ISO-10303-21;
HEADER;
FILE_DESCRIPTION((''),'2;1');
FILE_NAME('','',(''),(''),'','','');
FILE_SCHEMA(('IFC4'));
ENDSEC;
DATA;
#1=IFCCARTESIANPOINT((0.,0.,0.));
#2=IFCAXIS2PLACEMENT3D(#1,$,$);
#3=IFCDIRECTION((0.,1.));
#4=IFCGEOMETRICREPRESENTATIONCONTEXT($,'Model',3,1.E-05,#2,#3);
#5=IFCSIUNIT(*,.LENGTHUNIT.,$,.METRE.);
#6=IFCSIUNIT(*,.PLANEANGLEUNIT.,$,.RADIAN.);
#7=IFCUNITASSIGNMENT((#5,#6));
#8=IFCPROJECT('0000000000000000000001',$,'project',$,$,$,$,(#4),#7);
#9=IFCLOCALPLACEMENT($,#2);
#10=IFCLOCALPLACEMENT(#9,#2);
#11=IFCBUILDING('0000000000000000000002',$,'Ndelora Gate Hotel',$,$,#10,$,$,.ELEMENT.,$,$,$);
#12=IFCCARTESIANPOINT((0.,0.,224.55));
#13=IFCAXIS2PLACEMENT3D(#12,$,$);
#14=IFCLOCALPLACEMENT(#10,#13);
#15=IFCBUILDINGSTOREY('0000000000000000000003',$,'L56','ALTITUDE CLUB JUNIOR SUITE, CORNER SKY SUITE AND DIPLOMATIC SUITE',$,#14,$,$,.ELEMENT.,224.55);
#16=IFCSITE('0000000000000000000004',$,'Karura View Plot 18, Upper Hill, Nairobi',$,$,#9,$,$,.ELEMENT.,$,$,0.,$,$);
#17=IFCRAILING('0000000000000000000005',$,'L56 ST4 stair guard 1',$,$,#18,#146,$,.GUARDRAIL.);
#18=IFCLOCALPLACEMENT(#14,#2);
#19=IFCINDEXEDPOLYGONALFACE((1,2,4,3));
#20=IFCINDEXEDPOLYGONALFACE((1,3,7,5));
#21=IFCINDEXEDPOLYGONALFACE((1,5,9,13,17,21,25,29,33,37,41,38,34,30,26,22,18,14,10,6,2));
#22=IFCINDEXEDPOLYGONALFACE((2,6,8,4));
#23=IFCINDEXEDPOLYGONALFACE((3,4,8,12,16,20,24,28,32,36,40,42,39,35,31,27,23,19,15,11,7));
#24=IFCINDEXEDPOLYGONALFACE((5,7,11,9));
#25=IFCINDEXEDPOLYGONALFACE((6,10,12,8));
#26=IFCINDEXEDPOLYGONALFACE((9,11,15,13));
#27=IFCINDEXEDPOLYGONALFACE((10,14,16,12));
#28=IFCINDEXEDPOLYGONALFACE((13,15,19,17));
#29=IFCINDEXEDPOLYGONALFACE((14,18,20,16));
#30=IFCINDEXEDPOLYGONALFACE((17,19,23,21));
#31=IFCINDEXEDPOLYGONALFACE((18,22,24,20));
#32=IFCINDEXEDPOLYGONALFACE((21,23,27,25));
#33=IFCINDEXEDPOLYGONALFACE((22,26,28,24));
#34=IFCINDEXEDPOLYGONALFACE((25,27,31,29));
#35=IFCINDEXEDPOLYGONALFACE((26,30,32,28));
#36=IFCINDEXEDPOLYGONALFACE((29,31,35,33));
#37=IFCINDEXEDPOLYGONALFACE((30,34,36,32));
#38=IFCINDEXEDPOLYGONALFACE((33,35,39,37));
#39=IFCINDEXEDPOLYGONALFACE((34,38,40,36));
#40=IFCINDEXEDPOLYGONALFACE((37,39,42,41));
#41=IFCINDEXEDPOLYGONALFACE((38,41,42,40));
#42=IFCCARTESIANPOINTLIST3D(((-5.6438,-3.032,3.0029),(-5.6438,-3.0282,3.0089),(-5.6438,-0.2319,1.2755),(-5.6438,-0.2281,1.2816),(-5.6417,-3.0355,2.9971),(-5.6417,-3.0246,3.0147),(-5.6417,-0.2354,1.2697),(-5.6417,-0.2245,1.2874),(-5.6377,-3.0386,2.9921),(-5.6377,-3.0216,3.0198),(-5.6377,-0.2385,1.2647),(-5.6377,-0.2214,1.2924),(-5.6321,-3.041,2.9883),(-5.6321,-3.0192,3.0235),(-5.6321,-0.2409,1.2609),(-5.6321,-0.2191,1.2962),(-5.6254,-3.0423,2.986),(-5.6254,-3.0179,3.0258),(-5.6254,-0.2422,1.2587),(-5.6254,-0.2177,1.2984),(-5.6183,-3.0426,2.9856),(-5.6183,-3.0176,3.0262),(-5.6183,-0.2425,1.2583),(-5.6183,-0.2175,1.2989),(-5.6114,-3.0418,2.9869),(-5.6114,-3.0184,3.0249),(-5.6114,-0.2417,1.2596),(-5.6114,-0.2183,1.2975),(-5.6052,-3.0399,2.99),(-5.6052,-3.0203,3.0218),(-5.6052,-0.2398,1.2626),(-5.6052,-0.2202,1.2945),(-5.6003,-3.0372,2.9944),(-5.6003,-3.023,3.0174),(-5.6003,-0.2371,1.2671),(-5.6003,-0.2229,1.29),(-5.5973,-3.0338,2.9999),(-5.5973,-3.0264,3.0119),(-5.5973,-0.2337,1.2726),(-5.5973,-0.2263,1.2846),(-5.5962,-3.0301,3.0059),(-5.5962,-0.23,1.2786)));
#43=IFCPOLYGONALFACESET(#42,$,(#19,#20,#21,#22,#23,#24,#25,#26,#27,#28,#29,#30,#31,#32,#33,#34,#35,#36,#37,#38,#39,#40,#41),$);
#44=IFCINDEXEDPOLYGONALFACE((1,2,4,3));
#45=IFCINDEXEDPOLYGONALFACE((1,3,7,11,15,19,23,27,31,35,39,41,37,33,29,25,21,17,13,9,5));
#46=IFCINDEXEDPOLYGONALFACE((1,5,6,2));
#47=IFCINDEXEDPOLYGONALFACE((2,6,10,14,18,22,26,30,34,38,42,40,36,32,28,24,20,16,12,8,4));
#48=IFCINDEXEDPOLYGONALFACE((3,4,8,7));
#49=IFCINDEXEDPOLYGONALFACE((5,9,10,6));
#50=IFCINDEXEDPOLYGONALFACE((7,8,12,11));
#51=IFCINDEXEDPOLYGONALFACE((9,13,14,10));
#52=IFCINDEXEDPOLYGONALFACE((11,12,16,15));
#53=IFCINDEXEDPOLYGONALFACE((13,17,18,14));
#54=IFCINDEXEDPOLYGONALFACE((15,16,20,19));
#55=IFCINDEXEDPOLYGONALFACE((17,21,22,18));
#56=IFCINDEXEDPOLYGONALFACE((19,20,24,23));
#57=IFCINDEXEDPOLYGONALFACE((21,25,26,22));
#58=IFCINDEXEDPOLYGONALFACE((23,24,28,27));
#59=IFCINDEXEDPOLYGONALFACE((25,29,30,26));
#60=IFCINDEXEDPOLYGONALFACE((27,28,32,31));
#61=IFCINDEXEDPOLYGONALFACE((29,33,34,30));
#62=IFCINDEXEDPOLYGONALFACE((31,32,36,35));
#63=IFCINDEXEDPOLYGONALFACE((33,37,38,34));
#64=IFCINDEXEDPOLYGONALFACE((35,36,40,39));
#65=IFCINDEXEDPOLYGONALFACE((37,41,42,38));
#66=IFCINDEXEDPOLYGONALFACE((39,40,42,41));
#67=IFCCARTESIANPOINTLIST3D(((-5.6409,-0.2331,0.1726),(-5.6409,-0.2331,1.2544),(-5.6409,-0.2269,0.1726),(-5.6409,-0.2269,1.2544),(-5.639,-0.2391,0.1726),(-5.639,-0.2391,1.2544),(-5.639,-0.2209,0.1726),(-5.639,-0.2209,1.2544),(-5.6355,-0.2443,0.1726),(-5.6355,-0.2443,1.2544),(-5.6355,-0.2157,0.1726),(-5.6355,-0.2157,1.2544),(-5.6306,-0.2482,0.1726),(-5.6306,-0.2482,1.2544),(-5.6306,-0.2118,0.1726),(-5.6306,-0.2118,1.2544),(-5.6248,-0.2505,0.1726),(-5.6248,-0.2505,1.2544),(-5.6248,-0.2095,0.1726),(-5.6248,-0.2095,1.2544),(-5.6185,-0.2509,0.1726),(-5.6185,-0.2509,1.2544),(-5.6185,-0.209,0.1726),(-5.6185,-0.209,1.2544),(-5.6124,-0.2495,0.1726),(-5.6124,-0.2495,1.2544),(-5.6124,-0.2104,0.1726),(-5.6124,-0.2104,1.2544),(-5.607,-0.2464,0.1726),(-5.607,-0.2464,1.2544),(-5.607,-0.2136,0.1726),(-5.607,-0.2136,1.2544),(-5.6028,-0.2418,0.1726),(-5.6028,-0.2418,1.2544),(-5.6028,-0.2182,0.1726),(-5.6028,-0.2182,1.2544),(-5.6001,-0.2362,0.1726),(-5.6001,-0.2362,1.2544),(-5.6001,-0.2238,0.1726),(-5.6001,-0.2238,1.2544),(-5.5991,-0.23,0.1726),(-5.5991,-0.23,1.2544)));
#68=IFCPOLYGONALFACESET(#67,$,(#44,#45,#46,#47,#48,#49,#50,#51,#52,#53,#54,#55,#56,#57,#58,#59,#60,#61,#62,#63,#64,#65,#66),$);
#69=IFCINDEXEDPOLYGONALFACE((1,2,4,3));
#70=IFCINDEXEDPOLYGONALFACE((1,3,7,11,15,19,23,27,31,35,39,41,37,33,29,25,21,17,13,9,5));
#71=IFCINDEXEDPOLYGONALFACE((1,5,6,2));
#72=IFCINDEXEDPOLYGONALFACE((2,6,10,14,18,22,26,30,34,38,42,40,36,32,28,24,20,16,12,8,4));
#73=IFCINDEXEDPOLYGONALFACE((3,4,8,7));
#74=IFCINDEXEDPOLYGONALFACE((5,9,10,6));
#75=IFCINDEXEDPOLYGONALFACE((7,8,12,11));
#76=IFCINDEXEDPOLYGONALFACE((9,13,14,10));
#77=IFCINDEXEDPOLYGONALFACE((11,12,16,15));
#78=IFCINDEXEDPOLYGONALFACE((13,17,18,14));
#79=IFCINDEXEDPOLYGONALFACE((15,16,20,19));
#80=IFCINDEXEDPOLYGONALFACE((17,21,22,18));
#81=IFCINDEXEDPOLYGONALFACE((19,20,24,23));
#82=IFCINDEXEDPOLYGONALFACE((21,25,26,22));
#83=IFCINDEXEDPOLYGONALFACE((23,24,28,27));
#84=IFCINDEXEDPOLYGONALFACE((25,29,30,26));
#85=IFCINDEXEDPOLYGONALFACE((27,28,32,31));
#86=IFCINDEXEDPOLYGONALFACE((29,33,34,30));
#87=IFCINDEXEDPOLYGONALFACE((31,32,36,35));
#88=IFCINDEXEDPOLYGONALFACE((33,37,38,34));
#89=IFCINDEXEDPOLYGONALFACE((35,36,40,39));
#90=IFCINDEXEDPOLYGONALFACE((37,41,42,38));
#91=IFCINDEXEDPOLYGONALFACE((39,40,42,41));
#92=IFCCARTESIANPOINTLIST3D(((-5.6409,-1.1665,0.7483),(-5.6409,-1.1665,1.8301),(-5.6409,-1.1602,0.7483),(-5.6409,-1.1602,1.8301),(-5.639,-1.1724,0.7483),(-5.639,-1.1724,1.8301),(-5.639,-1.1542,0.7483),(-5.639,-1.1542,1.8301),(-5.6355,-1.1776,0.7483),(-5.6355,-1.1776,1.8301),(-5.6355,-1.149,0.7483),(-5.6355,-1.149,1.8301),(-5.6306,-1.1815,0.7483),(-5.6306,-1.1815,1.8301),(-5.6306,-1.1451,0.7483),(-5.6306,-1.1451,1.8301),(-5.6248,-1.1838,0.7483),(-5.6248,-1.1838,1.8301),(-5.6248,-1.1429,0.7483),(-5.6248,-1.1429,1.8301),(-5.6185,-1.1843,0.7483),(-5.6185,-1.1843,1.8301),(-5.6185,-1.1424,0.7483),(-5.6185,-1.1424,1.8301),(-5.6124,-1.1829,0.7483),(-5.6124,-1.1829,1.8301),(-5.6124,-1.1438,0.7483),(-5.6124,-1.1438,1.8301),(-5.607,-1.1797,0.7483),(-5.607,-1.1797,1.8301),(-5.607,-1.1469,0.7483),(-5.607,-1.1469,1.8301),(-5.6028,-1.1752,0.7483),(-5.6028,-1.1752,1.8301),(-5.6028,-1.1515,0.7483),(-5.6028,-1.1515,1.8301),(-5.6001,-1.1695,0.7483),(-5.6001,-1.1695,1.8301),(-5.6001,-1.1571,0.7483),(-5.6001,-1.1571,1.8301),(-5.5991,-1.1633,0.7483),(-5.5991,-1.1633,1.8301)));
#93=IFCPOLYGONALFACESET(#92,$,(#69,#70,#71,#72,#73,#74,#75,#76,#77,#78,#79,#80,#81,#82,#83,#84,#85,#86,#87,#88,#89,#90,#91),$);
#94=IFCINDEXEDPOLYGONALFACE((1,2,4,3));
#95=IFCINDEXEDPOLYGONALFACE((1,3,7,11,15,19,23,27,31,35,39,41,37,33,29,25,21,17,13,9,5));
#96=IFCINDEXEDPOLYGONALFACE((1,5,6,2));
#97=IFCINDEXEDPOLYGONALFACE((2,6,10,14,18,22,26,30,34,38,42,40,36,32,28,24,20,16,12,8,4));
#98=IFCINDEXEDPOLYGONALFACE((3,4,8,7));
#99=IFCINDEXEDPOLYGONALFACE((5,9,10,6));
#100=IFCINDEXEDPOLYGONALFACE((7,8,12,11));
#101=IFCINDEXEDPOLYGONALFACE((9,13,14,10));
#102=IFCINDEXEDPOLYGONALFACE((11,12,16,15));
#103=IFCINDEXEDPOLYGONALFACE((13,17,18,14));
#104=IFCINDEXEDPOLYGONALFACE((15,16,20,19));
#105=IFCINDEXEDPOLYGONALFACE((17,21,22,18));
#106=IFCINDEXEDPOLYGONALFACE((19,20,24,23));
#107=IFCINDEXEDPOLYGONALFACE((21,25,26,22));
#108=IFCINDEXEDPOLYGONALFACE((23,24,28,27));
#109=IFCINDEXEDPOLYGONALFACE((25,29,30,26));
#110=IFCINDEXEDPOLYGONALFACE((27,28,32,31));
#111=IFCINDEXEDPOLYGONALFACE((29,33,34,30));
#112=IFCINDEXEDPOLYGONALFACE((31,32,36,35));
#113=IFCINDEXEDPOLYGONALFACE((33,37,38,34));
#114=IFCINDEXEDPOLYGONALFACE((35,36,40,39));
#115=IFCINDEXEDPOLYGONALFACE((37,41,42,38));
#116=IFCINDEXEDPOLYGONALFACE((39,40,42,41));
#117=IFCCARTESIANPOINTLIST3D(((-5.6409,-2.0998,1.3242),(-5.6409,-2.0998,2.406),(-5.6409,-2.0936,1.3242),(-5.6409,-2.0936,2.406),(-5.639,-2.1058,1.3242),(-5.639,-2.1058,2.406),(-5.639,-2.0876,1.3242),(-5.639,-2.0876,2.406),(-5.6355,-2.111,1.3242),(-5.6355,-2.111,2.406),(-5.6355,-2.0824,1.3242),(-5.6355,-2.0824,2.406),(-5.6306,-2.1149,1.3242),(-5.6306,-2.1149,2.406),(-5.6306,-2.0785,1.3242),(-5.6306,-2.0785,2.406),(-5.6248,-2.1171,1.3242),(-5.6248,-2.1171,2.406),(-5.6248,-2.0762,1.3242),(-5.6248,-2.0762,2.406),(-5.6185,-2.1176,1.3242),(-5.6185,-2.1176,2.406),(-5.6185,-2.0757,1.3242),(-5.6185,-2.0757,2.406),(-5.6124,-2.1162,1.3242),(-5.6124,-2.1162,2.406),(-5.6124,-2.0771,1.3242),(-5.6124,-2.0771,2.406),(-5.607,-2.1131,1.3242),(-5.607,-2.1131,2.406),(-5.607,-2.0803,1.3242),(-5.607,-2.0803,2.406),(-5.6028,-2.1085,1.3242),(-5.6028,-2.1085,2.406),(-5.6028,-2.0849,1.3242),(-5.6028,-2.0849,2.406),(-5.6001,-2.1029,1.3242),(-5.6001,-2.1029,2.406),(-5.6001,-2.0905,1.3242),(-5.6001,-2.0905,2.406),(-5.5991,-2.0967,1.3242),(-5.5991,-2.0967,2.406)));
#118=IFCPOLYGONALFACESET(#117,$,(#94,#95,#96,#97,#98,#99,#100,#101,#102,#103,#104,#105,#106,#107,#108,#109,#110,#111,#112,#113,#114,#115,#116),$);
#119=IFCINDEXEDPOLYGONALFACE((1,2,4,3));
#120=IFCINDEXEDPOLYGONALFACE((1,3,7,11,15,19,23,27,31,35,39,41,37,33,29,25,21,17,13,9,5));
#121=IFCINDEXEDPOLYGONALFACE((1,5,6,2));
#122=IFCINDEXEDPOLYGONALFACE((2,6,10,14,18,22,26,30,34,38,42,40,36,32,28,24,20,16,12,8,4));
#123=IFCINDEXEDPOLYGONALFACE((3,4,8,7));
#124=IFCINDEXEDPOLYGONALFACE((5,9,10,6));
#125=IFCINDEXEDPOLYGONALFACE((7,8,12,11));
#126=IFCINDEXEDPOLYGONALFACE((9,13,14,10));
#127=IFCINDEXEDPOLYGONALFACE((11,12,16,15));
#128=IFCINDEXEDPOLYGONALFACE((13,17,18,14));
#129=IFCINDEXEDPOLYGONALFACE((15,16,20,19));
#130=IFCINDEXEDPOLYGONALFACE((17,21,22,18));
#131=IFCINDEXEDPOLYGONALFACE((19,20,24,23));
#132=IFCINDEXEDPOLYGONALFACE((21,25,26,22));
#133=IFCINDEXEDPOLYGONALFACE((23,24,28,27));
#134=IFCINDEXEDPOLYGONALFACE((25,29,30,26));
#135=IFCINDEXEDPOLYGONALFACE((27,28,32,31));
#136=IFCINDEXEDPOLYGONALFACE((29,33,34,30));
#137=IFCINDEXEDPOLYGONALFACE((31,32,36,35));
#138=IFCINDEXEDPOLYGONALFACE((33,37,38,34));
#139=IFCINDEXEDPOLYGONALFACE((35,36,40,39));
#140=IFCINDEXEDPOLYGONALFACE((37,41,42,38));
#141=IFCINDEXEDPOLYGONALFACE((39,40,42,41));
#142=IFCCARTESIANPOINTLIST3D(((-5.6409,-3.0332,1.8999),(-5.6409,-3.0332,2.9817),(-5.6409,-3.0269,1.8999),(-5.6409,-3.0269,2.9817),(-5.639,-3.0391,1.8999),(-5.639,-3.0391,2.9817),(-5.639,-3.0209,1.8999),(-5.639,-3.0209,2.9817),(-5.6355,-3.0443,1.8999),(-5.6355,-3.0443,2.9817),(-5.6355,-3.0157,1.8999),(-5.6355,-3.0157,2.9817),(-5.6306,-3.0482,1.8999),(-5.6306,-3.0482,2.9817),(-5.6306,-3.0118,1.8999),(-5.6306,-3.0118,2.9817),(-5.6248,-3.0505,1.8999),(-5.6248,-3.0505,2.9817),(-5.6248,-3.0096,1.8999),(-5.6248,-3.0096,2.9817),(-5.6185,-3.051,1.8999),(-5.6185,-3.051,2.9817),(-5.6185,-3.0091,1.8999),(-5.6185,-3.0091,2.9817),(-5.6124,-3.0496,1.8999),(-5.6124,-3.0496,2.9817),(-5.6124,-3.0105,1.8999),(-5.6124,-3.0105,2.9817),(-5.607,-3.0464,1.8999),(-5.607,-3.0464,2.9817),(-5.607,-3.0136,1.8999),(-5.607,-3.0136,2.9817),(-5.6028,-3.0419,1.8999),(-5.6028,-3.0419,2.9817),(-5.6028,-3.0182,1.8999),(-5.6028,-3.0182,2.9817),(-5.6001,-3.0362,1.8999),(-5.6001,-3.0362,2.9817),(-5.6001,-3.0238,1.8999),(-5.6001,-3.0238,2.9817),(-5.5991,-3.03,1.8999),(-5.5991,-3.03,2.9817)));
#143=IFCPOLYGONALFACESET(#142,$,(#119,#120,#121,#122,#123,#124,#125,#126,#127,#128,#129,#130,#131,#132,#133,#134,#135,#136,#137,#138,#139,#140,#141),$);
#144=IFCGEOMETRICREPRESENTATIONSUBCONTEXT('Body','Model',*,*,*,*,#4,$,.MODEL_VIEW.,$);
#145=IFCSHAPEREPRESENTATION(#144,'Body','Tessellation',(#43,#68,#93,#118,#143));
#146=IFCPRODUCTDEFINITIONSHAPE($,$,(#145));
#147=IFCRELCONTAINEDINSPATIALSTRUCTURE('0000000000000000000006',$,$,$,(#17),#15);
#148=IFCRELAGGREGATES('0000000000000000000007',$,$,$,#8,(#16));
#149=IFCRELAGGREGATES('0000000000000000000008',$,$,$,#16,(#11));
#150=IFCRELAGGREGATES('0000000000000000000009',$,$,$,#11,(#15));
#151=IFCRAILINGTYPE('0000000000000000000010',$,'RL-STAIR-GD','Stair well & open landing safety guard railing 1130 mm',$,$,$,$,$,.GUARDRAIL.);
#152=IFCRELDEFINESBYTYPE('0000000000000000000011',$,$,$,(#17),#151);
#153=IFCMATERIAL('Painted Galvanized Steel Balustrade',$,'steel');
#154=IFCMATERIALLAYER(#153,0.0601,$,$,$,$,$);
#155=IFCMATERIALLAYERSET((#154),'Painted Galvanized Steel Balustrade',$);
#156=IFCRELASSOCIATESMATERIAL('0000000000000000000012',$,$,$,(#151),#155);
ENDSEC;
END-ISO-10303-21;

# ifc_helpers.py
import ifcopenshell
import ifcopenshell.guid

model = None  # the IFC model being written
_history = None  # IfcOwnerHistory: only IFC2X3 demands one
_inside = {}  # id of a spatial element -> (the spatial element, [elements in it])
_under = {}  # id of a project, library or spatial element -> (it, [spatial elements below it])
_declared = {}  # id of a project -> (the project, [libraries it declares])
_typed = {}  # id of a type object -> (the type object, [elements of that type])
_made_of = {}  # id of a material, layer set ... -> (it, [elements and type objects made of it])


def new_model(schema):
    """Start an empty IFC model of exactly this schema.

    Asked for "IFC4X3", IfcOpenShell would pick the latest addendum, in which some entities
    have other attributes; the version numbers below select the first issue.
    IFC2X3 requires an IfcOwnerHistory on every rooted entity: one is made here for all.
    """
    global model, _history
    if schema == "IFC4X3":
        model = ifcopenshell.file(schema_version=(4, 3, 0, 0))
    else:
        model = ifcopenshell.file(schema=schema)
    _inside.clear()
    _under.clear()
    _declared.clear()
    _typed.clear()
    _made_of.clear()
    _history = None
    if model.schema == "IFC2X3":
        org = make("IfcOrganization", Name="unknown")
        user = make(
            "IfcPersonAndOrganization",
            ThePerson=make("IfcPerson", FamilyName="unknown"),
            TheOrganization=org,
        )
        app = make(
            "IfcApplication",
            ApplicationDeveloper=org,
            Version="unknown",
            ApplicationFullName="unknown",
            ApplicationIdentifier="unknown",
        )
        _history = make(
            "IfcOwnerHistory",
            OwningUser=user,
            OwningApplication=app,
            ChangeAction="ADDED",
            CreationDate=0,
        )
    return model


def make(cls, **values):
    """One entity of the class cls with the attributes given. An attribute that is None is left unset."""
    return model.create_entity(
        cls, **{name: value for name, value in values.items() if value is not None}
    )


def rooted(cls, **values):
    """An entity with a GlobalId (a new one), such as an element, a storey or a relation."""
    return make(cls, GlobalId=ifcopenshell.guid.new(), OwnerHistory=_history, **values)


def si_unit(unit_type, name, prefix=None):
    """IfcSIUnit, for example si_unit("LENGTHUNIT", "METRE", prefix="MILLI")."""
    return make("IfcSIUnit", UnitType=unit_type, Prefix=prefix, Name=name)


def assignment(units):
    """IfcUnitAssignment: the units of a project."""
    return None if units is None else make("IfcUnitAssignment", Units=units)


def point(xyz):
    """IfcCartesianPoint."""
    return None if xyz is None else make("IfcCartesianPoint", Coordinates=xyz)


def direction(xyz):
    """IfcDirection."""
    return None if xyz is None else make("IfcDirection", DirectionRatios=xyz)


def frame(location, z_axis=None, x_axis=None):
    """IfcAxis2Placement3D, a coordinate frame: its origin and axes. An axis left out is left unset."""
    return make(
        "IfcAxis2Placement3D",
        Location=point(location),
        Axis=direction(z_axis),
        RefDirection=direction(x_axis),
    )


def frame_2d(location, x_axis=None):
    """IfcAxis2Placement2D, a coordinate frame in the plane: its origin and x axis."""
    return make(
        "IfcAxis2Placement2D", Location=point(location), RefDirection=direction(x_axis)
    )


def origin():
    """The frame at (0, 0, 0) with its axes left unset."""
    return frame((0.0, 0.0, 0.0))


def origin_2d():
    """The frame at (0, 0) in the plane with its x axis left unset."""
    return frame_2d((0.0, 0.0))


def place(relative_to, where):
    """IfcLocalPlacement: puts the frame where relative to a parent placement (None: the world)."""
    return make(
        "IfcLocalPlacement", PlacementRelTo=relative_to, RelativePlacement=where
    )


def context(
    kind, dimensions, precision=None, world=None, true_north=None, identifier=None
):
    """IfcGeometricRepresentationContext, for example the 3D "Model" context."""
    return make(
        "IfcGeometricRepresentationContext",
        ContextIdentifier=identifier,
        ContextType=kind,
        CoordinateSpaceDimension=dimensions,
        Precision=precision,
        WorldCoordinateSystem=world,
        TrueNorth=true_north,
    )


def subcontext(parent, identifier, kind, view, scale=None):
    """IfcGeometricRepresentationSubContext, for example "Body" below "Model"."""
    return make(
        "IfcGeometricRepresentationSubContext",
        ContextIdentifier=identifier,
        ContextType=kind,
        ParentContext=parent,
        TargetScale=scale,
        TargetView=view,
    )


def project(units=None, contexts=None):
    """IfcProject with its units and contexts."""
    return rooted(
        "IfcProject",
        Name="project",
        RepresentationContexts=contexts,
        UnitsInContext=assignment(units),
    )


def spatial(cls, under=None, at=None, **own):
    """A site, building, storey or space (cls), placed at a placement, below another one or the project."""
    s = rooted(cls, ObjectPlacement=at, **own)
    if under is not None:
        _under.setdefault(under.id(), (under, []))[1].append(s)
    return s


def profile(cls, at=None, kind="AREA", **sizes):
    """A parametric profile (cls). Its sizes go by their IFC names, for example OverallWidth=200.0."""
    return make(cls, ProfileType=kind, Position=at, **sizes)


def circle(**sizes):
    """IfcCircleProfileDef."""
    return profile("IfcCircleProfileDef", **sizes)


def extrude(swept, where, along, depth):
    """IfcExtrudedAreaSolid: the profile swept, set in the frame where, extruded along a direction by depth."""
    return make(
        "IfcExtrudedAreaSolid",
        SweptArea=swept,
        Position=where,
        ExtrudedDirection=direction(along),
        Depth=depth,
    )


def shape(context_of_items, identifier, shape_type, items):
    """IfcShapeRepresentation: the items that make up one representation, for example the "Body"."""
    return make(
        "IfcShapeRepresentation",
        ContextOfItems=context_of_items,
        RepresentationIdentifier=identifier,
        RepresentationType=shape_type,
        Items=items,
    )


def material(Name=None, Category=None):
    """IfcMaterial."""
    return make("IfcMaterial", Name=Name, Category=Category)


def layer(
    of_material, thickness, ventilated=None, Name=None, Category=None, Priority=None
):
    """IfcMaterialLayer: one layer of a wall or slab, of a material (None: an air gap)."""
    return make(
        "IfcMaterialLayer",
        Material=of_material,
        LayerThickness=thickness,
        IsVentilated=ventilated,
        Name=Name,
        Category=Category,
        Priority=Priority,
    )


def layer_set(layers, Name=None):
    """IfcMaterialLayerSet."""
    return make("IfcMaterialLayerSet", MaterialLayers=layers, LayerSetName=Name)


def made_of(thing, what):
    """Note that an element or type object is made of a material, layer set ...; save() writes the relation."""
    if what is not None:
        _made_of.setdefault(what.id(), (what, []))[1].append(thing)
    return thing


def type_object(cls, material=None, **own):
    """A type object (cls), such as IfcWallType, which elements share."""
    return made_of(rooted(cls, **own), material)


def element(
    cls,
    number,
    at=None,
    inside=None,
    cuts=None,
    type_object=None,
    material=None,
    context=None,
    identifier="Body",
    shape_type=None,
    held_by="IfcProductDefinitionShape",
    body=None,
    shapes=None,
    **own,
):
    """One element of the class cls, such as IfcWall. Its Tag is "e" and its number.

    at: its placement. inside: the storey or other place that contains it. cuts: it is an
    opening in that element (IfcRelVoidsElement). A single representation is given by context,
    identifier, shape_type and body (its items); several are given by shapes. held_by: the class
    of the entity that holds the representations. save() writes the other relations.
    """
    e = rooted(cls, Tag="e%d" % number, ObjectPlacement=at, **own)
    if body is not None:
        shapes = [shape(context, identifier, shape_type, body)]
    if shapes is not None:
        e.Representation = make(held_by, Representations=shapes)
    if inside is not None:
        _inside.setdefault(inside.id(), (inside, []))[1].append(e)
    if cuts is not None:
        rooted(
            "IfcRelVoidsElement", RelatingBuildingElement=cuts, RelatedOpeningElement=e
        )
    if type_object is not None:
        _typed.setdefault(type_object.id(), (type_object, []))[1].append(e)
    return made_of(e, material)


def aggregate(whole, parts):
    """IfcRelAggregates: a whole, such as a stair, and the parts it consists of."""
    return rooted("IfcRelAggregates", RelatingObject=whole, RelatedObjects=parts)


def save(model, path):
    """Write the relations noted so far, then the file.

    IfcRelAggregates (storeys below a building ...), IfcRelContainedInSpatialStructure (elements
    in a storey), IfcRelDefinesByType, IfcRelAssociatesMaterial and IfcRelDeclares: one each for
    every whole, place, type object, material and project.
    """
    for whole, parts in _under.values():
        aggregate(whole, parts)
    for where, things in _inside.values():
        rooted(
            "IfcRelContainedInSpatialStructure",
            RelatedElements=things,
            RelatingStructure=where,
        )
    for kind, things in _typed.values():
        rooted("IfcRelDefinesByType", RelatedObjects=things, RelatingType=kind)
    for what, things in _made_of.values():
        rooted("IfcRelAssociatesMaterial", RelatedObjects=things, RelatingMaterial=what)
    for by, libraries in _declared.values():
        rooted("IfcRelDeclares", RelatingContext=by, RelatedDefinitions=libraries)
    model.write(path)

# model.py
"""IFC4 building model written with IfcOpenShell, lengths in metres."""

from ifc_helpers import new_model, si_unit, direction, frame, origin, origin_2d, place, context, subcontext, project, spatial, circle, extrude, material, layer, layer_set, type_object, element, save


model = new_model("IFC4")

# Units and contexts
model_context = context("Model", 3, precision=1e-05, world=origin(), true_north=direction((0.0, 1.0)))
body_context = subcontext(model_context, "Body", "Model", "MODEL_VIEW")
ifc_project = project(units=[si_unit("LENGTHUNIT", "METRE"), si_unit("PLANEANGLEUNIT", "RADIAN")], contexts=[model_context])

# Site, building, storey
site_placement = place(None, origin())
site = spatial("IfcSite", under=ifc_project, at=site_placement, Name="Karura View Plot 18, Upper Hill, Nairobi", CompositionType="ELEMENT", RefElevation=0.0)
building_placement = place(site_placement, origin())
building = spatial("IfcBuilding", under=site, at=building_placement, Name="Ndelora Gate Hotel", CompositionType="ELEMENT")
storey_placement = place(building_placement, frame((0.0, 0.0, 224.55)))
storey = spatial("IfcBuildingStorey", under=building, at=storey_placement, Name="L56", Description="ALTITUDE CLUB JUNIOR SUITE, CORNER SKY SUITE AND DIPLOMATIC SUITE", CompositionType="ELEMENT", Elevation=224.55)

# Railing
ifc_material_1 = material(Name="Painted Galvanized Steel Balustrade", Category="steel")
ifc_layer_1 = layer(ifc_material_1, 0.0601)
ifc_layer_set_1 = layer_set([ifc_layer_1], Name="Painted Galvanized Steel Balustrade")
railing_type_1 = type_object("IfcRailingType", Name="RL-STAIR-GD", Description="Stair well & open landing safety guard railing 1130 mm", PredefinedType="GUARDRAIL", material=ifc_layer_set_1)
railing_1_placement = place(storey_placement, frame((-5.6201, -0.23, 0.1726)))
element("IfcRailing", 1, at=railing_1_placement, inside=storey, type_object=railing_type_1, Name="L56 ST4 stair guard 1", PredefinedType="GUARDRAIL", context=body_context, shape_type="SweptSolid", body=[
    extrude(circle(Radius=0.0239, at=origin_2d()), frame((0.0, 0.0, 1.106), z_axis=(0.0, -0.85109, 0.52502), x_axis=(1.0, 0.0, 0.0)), (0.0, 0.0, 1.0), 3.29),
    extrude(circle(Radius=0.021, at=origin_2d()), origin(), (0.0, 0.0, 1.0), 1.0818),
    extrude(circle(Radius=0.021, at=origin_2d()), frame((0.0, -0.9333, 0.5757)), (0.0, 0.0, 1.0), 1.0818),
    extrude(circle(Radius=0.021, at=origin_2d()), frame((0.0, -1.8667, 1.1516)), (0.0, 0.0, 1.0), 1.0818),
    extrude(circle(Radius=0.021, at=origin_2d()), frame((0.0, -2.8, 1.7273)), (0.0, 0.0, 1.0), 1.0818),
])

save(model, "model.ifc")
